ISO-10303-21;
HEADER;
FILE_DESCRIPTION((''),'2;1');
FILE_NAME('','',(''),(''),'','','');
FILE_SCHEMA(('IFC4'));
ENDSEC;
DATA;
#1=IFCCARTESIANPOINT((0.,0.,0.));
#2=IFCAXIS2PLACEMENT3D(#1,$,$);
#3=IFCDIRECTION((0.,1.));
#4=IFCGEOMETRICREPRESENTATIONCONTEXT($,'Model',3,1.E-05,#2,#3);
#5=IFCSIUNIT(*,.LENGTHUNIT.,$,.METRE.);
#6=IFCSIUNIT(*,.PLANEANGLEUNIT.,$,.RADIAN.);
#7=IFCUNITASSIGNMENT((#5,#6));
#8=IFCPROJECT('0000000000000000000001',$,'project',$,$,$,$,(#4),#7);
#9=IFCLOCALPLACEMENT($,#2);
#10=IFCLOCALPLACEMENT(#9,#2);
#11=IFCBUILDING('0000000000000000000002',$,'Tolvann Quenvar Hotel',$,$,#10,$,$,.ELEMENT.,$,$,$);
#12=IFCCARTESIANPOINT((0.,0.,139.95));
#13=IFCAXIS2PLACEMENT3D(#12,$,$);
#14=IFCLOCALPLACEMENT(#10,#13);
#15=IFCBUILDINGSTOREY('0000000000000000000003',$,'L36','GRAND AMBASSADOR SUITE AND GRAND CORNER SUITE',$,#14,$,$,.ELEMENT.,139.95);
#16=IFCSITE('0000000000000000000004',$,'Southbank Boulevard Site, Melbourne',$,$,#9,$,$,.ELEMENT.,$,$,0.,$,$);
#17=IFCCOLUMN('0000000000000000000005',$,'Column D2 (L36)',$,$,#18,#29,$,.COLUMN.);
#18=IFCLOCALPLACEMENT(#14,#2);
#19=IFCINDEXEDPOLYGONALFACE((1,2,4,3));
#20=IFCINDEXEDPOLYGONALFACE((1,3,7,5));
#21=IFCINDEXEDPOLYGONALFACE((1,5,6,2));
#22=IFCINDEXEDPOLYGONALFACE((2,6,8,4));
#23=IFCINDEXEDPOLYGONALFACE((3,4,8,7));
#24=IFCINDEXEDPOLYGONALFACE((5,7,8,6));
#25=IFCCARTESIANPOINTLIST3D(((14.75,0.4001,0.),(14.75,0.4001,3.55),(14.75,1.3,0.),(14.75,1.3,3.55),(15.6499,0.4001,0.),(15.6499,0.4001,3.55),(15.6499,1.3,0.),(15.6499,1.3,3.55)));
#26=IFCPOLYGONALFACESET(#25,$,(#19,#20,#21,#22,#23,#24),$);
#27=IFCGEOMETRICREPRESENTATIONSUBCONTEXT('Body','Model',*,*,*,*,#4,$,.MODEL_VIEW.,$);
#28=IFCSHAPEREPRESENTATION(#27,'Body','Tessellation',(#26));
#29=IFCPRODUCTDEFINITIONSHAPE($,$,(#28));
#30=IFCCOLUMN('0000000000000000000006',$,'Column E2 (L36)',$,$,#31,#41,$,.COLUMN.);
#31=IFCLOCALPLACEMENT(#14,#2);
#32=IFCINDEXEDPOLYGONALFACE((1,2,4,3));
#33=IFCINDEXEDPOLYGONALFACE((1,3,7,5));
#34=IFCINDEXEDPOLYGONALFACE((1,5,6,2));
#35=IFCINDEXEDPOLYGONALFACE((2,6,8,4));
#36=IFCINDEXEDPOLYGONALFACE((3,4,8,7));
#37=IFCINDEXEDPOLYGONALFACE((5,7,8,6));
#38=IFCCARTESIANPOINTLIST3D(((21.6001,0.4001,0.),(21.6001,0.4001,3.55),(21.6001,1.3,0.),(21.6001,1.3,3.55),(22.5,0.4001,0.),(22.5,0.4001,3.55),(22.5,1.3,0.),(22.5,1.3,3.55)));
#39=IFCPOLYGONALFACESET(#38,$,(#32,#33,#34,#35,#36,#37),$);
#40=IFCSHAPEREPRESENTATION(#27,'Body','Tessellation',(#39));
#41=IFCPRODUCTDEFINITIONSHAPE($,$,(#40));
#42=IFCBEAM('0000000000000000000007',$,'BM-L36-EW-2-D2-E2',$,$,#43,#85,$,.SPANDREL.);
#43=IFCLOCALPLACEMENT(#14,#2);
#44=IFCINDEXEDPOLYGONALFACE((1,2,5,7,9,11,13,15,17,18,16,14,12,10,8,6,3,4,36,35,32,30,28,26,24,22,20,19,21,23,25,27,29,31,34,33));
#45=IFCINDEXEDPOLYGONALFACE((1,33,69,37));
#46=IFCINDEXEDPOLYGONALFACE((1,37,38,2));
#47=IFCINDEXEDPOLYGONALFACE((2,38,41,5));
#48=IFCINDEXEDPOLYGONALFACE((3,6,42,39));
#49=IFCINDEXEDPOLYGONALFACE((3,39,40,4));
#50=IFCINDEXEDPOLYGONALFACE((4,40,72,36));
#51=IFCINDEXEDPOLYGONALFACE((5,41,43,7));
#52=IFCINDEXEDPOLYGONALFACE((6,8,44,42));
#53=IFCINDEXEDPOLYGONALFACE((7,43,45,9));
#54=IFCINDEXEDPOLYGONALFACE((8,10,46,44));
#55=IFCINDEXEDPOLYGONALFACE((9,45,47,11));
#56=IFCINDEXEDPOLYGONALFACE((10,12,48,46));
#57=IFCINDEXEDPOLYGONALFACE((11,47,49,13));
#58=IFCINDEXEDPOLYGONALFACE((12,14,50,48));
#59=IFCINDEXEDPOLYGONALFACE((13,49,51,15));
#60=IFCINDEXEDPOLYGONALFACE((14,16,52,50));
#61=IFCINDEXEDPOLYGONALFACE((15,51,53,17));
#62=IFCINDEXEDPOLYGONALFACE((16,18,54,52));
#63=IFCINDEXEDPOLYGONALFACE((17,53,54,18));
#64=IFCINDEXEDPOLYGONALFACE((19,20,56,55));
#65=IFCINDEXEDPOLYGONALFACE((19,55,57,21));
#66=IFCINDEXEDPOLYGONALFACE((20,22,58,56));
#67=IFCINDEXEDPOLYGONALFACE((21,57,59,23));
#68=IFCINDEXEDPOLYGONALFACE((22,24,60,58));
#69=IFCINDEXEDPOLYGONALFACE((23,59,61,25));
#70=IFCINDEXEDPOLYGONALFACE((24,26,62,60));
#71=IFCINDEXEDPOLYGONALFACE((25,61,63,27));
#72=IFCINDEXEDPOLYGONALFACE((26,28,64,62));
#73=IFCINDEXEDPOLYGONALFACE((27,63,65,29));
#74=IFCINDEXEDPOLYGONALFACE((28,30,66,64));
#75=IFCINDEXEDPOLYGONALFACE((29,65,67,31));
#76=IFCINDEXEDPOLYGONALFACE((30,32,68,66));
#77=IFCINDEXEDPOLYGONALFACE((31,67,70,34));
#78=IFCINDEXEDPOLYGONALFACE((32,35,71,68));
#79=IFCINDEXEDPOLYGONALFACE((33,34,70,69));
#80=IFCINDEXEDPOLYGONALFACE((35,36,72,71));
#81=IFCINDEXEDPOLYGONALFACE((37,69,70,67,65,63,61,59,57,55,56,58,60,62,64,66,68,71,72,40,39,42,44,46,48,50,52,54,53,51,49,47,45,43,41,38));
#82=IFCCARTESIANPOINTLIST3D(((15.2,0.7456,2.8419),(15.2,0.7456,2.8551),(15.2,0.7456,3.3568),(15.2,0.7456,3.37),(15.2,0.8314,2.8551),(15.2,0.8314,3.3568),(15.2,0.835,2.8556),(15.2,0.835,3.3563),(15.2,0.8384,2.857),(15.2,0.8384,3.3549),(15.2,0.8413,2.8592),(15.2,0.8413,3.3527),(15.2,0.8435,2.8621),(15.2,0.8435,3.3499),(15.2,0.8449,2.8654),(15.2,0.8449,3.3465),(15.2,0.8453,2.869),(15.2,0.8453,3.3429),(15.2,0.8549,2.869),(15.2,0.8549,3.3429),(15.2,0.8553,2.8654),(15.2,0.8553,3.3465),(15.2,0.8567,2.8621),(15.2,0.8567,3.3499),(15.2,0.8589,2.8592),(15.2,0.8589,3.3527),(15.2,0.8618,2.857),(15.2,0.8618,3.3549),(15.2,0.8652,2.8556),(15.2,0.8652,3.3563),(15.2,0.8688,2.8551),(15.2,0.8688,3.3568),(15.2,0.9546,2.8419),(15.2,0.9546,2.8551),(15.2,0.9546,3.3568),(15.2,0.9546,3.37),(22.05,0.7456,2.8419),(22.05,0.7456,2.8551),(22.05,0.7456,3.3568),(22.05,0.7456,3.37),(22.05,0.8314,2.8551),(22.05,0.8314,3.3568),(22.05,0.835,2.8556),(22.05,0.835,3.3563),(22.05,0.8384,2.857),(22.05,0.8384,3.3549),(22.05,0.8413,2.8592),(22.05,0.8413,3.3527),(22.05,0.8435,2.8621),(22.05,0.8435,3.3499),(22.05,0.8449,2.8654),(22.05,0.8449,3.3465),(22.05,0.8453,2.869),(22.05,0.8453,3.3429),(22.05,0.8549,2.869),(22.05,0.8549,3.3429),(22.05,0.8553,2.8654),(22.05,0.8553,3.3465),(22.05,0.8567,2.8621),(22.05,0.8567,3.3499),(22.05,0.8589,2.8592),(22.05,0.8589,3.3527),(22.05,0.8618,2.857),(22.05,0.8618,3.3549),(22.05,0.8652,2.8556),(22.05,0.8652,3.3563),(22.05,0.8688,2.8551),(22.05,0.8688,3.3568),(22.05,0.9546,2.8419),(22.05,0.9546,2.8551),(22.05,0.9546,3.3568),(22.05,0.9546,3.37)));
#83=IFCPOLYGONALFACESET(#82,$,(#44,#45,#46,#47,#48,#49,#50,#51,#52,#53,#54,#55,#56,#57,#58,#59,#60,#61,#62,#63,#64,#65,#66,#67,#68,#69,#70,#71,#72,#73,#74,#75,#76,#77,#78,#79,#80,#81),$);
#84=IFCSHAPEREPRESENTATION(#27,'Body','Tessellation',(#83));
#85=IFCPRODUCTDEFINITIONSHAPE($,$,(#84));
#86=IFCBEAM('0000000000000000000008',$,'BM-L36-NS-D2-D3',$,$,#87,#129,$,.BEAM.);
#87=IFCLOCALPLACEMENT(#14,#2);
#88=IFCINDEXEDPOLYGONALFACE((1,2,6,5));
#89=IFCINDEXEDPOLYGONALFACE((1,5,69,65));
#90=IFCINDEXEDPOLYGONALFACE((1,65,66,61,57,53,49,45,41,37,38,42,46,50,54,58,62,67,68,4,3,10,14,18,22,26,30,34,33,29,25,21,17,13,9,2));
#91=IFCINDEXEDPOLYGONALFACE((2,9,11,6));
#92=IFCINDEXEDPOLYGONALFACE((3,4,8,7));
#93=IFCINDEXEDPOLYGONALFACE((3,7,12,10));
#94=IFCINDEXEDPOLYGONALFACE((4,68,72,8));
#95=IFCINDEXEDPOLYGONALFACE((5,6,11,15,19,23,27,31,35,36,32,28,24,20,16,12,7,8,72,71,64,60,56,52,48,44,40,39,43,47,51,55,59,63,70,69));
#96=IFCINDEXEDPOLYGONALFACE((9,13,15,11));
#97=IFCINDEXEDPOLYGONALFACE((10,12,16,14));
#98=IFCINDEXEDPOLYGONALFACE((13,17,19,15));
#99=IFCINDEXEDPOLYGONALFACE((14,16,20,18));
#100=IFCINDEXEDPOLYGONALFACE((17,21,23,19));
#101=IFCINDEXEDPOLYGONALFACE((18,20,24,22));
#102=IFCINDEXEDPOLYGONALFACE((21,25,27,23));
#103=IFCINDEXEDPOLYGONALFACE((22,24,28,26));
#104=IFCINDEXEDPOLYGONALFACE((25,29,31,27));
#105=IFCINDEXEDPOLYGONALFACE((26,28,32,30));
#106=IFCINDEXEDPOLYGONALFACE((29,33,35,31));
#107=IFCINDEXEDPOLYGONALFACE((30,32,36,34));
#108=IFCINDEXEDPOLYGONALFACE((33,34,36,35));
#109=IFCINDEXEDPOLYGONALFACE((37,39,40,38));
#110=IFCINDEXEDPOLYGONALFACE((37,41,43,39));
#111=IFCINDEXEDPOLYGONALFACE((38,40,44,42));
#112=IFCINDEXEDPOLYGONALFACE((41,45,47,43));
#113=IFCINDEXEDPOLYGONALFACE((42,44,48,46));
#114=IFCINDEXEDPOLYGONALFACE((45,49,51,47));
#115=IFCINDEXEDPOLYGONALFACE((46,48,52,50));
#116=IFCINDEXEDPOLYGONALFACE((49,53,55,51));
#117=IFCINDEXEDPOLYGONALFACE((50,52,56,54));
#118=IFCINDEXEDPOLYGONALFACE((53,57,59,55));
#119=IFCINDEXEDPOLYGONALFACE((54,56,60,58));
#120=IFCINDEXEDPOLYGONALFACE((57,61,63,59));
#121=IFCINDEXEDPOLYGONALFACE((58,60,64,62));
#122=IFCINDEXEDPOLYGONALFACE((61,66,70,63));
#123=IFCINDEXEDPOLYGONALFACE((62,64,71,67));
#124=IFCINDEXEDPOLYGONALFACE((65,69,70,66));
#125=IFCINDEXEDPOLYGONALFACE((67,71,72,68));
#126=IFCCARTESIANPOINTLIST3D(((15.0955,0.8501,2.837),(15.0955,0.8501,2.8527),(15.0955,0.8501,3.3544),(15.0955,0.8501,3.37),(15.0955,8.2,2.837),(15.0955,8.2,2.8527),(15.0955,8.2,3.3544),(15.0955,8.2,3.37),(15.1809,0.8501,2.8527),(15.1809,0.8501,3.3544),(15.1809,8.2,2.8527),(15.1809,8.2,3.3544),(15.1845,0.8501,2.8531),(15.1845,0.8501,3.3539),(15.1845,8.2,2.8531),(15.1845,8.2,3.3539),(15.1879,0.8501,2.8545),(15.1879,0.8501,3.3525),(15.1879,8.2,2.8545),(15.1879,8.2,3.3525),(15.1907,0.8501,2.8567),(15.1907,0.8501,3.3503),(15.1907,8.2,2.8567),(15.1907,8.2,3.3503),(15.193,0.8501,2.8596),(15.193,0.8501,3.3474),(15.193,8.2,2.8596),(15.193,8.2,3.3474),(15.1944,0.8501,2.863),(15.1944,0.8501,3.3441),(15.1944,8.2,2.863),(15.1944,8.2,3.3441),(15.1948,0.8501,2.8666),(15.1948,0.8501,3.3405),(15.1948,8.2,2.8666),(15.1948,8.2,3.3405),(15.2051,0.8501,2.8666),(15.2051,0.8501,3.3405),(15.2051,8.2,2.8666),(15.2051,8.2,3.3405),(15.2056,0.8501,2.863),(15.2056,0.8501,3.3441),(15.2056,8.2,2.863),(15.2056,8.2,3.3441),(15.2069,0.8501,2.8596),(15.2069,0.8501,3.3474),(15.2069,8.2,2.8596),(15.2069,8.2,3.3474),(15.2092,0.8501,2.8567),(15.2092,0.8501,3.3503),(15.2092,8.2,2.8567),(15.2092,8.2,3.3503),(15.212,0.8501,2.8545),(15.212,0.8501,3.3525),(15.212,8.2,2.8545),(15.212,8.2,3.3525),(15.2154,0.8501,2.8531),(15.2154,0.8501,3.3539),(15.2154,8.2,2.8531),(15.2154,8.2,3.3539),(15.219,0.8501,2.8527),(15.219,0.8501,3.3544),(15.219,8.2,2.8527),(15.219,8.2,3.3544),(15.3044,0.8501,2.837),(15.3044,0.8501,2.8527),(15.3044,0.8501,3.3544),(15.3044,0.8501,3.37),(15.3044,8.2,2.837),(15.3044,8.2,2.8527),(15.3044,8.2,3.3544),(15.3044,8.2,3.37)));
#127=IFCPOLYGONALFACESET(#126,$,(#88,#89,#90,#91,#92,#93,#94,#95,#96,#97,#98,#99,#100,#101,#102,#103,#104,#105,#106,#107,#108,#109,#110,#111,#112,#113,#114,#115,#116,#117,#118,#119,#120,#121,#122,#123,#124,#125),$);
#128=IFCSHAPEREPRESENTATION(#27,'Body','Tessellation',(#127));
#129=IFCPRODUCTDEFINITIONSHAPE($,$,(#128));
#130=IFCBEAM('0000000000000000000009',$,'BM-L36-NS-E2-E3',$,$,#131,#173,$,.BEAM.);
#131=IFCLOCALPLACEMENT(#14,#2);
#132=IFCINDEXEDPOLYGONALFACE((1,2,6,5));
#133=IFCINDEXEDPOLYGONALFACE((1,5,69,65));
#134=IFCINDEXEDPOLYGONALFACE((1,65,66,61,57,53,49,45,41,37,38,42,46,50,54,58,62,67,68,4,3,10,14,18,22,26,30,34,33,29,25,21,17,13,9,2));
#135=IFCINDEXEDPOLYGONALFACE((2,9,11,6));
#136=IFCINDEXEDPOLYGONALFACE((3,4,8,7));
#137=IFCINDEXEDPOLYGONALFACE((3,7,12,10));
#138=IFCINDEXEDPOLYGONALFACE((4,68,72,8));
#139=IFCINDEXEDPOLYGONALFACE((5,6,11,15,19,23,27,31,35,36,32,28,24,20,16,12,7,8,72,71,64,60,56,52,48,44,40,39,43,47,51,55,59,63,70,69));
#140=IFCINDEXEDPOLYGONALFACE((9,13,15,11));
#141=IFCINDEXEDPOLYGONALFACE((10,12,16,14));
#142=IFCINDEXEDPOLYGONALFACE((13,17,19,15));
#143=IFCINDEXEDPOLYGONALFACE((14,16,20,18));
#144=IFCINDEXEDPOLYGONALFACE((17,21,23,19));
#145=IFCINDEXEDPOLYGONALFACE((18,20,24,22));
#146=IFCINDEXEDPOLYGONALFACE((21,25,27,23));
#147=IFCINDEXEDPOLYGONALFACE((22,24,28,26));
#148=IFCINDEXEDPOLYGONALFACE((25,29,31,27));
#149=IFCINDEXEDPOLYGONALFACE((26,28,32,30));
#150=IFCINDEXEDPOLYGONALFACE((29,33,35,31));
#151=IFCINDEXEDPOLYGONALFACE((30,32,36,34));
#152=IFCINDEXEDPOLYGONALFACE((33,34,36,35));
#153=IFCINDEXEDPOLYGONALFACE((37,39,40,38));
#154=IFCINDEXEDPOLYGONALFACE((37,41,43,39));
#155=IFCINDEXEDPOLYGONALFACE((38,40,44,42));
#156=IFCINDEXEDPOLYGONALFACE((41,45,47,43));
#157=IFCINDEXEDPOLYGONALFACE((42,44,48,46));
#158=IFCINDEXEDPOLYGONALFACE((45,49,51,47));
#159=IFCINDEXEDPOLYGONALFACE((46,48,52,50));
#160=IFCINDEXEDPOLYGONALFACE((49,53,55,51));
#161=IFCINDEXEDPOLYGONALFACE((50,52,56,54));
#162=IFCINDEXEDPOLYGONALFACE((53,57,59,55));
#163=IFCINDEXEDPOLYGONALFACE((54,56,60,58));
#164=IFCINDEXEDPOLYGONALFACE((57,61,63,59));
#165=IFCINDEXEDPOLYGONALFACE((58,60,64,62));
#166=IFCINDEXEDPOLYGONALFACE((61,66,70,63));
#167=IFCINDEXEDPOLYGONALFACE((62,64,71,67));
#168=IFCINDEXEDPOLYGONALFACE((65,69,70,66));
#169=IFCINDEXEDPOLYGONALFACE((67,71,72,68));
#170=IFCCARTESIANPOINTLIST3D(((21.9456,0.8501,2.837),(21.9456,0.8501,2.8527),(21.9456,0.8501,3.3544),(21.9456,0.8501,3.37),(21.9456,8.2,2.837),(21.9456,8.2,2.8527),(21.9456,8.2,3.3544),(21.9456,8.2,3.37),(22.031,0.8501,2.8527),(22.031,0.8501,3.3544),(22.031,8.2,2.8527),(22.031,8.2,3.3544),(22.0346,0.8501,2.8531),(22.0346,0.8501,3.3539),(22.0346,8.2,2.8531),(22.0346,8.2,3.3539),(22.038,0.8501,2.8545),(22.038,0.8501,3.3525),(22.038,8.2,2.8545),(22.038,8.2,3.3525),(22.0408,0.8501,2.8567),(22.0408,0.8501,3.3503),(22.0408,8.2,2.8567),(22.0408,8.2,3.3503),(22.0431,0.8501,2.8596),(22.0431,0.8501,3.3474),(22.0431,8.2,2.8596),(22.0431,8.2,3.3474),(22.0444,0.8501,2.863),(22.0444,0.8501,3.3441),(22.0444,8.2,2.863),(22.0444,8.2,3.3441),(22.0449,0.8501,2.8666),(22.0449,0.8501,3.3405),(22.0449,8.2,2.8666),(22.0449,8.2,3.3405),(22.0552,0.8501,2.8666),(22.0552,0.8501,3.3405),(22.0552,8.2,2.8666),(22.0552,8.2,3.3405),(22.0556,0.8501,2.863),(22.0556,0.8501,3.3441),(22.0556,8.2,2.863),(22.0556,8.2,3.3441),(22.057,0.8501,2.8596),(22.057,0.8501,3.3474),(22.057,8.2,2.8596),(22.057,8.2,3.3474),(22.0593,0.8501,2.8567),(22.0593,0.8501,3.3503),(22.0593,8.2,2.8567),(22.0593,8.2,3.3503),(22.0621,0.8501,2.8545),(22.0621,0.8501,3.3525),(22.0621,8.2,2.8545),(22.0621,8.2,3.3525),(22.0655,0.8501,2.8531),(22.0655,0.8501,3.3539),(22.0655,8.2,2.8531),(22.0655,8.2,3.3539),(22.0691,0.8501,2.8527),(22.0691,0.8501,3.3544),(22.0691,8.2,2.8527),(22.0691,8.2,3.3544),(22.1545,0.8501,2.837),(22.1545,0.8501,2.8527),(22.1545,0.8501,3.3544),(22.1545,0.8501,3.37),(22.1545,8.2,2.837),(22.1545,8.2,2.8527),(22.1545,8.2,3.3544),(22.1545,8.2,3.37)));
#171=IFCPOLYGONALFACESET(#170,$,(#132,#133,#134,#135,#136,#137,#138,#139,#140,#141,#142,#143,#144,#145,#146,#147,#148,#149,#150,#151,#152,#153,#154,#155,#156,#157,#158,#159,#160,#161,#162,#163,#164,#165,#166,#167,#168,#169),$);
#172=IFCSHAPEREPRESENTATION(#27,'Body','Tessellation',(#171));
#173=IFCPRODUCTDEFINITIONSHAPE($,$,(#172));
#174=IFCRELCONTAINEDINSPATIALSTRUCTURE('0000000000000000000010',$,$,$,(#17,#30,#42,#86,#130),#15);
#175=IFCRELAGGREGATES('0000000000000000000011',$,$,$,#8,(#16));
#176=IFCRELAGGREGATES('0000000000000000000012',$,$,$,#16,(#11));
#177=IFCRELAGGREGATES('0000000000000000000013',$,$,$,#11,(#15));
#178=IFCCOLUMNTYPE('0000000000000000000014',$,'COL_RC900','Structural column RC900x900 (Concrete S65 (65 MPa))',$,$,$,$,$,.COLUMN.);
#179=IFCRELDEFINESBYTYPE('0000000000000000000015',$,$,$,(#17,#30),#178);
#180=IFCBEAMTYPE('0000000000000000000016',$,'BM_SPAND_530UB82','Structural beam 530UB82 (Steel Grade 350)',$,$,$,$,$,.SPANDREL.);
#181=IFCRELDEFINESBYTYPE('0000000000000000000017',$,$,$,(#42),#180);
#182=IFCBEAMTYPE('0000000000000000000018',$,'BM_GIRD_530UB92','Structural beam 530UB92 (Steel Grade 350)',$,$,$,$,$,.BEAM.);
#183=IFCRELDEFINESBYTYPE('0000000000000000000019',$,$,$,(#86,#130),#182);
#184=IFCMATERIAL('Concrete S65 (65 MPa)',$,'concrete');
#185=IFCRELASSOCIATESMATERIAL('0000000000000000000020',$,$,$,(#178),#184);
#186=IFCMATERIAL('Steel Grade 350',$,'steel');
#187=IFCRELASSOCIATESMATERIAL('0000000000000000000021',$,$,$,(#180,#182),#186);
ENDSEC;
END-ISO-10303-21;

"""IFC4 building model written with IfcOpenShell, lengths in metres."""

from ifc_helpers import new_model, si_unit, direction, frame, origin, origin_2d, place, context, subcontext, project, spatial, rectangle, i_section, extrude, source, transform, mapped, material, material_profile, profile_set, type_object, type_shapes, element, save


model = new_model("IFC4")

# Units and contexts
model_context = context("Model", 3, precision=1e-05, world=origin(), true_north=direction((0.0, 1.0)))
body_context = subcontext(model_context, "Body", "Model", "MODEL_VIEW")
ifc_project = project(units=[si_unit("LENGTHUNIT", "METRE"), si_unit("PLANEANGLEUNIT", "RADIAN")], contexts=[model_context])

# Site, building, storey
site_placement = place(None, origin())
site = spatial("IfcSite", under=ifc_project, at=site_placement, Name="Southbank Boulevard Site, Melbourne", CompositionType="ELEMENT", RefElevation=0.0)
building_placement = place(site_placement, origin())
building = spatial("IfcBuilding", under=site, at=building_placement, Name="Tolvann Quenvar Hotel", CompositionType="ELEMENT")
storey_placement = place(building_placement, frame((0.0, 0.0, 139.95)))
storey = spatial("IfcBuildingStorey", under=building, at=storey_placement, Name="L36", Description="GRAND AMBASSADOR SUITE AND GRAND CORNER SUITE", CompositionType="ELEMENT", Elevation=139.95)

# Columns
ifc_material_1 = material(Name="Concrete S65 (65 MPa)", Category="concrete")
ifc_material_profile_1 = material_profile(ifc_material_1, rectangle(XDim=0.8999, YDim=0.8999, at=origin_2d()), Name="RC900x900")
ifc_profile_set_1 = profile_set([ifc_material_profile_1], Name="Concrete S65 (65 MPa)")
column_type = type_object("IfcColumnType", Name="COL_RC900", Description="Structural column RC900x900 (Concrete S65 (65 MPa))", PredefinedType="COLUMN", material=ifc_profile_set_1)
shared_shape_1 = source(origin(), body_context, "Body", "SweptSolid", [
    extrude(rectangle(XDim=0.8999, YDim=0.8999, at=origin_2d()), origin(), (0.0, 0.0, 1.0), 3.55),
])
type_shapes(column_type, [shared_shape_1])
for number, where, z_axis, x_axis, name in (
    (1, (15.2, 0.8501, 0.0), (0.0, 0.0, 1.0), (1.0, 0.0, 0.0), "Column D2 (L36)"),
    (2, (22.05, 0.8501, 0.0), (0.0, 0.0, 1.0), (1.0, 0.0, 0.0), "Column E2 (L36)"),
):
    element("IfcColumn", number, at=place(storey_placement, frame(where, z_axis=z_axis, x_axis=x_axis)), inside=storey, type_object=column_type, Name=name, PredefinedType="COLUMN", context=body_context, shape_type="MappedRepresentation", body=[
        mapped(shared_shape_1, transform((0.0, 0.0, 0.0), x_axis=(1.0, 0.0, 0.0), y_axis=(0.0, 1.0, 0.0), z_axis=(0.0, 0.0, 1.0), scale=1.0)),
    ])

# Beams
ifc_material_2 = material(Name="Steel Grade 350", Category="steel")
ifc_material_profile_2 = material_profile(ifc_material_2, i_section(OverallWidth=0.209, OverallDepth=0.5281, WebThickness=0.0095, FlangeThickness=0.0132, FilletRadius=0.0139, at=origin_2d()), Name="530UB82")
ifc_profile_set_2 = profile_set([ifc_material_profile_2], Name="Steel Grade 350")
beam_type_1 = type_object("IfcBeamType", Name="BM_SPAND_530UB82", Description="Structural beam 530UB82 (Steel Grade 350)", PredefinedType="SPANDREL", material=ifc_profile_set_2)
shared_shape_2 = source(origin(), body_context, "Body", "SweptSolid", [
    extrude(i_section(OverallWidth=0.209, OverallDepth=0.5281, WebThickness=0.0095, FlangeThickness=0.0132, FilletRadius=0.0139, at=origin_2d()), origin(), (0.0, 0.0, 1.0), 6.8501),
])
type_shapes(beam_type_1, [shared_shape_2])
beam_placement = place(storey_placement, frame((15.2, 0.8501, 3.106), z_axis=(1.0, 0.0, 0.0), x_axis=(0.0, 1.0, 0.0)))
element("IfcBeam", 3, at=beam_placement, inside=storey, type_object=beam_type_1, Name="BM-L36-EW-2-D2-E2", PredefinedType="SPANDREL", context=body_context, shape_type="MappedRepresentation", body=[
    mapped(shared_shape_2, transform((0.0, 0.0, 0.0), x_axis=(1.0, 0.0, 0.0), y_axis=(0.0, 1.0, 0.0), z_axis=(0.0, 0.0, 1.0), scale=1.0)),
])
ifc_material_profile_3 = material_profile(ifc_material_2, i_section(OverallWidth=0.209, OverallDepth=0.533, WebThickness=0.0103, FlangeThickness=0.0156, FilletRadius=0.0139, at=origin_2d()), Name="530UB92")
ifc_profile_set_3 = profile_set([ifc_material_profile_3], Name="Steel Grade 350")
beam_type_2 = type_object("IfcBeamType", Name="BM_GIRD_530UB92", Description="Structural beam 530UB92 (Steel Grade 350)", PredefinedType="BEAM", material=ifc_profile_set_3)
shared_shape_3 = source(origin(), body_context, "Body", "SweptSolid", [
    extrude(i_section(OverallWidth=0.209, OverallDepth=0.533, WebThickness=0.0103, FlangeThickness=0.0156, FilletRadius=0.0139, at=origin_2d()), origin(), (0.0, 0.0, 1.0), 7.3499),
])
type_shapes(beam_type_2, [shared_shape_3])
for number, where, z_axis, x_axis, name in (
    (4, (15.2, 0.8501, 3.1035), (0.0, 1.0, 0.0), (-1.0, 0.0, 0.0), "BM-L36-NS-D2-D3"),
    (5, (22.05, 0.8501, 3.1035), (0.0, 1.0, 0.0), (-1.0, 0.0, 0.0), "BM-L36-NS-E2-E3"),
):
    element("IfcBeam", number, at=place(storey_placement, frame(where, z_axis=z_axis, x_axis=x_axis)), inside=storey, type_object=beam_type_2, Name=name, PredefinedType="BEAM", context=body_context, shape_type="MappedRepresentation", body=[
        mapped(shared_shape_3, transform((0.0, 0.0, 0.0), x_axis=(1.0, 0.0, 0.0), y_axis=(0.0, 1.0, 0.0), z_axis=(0.0, 0.0, 1.0), scale=1.0)),
    ])

save(model, "model.ifc")
